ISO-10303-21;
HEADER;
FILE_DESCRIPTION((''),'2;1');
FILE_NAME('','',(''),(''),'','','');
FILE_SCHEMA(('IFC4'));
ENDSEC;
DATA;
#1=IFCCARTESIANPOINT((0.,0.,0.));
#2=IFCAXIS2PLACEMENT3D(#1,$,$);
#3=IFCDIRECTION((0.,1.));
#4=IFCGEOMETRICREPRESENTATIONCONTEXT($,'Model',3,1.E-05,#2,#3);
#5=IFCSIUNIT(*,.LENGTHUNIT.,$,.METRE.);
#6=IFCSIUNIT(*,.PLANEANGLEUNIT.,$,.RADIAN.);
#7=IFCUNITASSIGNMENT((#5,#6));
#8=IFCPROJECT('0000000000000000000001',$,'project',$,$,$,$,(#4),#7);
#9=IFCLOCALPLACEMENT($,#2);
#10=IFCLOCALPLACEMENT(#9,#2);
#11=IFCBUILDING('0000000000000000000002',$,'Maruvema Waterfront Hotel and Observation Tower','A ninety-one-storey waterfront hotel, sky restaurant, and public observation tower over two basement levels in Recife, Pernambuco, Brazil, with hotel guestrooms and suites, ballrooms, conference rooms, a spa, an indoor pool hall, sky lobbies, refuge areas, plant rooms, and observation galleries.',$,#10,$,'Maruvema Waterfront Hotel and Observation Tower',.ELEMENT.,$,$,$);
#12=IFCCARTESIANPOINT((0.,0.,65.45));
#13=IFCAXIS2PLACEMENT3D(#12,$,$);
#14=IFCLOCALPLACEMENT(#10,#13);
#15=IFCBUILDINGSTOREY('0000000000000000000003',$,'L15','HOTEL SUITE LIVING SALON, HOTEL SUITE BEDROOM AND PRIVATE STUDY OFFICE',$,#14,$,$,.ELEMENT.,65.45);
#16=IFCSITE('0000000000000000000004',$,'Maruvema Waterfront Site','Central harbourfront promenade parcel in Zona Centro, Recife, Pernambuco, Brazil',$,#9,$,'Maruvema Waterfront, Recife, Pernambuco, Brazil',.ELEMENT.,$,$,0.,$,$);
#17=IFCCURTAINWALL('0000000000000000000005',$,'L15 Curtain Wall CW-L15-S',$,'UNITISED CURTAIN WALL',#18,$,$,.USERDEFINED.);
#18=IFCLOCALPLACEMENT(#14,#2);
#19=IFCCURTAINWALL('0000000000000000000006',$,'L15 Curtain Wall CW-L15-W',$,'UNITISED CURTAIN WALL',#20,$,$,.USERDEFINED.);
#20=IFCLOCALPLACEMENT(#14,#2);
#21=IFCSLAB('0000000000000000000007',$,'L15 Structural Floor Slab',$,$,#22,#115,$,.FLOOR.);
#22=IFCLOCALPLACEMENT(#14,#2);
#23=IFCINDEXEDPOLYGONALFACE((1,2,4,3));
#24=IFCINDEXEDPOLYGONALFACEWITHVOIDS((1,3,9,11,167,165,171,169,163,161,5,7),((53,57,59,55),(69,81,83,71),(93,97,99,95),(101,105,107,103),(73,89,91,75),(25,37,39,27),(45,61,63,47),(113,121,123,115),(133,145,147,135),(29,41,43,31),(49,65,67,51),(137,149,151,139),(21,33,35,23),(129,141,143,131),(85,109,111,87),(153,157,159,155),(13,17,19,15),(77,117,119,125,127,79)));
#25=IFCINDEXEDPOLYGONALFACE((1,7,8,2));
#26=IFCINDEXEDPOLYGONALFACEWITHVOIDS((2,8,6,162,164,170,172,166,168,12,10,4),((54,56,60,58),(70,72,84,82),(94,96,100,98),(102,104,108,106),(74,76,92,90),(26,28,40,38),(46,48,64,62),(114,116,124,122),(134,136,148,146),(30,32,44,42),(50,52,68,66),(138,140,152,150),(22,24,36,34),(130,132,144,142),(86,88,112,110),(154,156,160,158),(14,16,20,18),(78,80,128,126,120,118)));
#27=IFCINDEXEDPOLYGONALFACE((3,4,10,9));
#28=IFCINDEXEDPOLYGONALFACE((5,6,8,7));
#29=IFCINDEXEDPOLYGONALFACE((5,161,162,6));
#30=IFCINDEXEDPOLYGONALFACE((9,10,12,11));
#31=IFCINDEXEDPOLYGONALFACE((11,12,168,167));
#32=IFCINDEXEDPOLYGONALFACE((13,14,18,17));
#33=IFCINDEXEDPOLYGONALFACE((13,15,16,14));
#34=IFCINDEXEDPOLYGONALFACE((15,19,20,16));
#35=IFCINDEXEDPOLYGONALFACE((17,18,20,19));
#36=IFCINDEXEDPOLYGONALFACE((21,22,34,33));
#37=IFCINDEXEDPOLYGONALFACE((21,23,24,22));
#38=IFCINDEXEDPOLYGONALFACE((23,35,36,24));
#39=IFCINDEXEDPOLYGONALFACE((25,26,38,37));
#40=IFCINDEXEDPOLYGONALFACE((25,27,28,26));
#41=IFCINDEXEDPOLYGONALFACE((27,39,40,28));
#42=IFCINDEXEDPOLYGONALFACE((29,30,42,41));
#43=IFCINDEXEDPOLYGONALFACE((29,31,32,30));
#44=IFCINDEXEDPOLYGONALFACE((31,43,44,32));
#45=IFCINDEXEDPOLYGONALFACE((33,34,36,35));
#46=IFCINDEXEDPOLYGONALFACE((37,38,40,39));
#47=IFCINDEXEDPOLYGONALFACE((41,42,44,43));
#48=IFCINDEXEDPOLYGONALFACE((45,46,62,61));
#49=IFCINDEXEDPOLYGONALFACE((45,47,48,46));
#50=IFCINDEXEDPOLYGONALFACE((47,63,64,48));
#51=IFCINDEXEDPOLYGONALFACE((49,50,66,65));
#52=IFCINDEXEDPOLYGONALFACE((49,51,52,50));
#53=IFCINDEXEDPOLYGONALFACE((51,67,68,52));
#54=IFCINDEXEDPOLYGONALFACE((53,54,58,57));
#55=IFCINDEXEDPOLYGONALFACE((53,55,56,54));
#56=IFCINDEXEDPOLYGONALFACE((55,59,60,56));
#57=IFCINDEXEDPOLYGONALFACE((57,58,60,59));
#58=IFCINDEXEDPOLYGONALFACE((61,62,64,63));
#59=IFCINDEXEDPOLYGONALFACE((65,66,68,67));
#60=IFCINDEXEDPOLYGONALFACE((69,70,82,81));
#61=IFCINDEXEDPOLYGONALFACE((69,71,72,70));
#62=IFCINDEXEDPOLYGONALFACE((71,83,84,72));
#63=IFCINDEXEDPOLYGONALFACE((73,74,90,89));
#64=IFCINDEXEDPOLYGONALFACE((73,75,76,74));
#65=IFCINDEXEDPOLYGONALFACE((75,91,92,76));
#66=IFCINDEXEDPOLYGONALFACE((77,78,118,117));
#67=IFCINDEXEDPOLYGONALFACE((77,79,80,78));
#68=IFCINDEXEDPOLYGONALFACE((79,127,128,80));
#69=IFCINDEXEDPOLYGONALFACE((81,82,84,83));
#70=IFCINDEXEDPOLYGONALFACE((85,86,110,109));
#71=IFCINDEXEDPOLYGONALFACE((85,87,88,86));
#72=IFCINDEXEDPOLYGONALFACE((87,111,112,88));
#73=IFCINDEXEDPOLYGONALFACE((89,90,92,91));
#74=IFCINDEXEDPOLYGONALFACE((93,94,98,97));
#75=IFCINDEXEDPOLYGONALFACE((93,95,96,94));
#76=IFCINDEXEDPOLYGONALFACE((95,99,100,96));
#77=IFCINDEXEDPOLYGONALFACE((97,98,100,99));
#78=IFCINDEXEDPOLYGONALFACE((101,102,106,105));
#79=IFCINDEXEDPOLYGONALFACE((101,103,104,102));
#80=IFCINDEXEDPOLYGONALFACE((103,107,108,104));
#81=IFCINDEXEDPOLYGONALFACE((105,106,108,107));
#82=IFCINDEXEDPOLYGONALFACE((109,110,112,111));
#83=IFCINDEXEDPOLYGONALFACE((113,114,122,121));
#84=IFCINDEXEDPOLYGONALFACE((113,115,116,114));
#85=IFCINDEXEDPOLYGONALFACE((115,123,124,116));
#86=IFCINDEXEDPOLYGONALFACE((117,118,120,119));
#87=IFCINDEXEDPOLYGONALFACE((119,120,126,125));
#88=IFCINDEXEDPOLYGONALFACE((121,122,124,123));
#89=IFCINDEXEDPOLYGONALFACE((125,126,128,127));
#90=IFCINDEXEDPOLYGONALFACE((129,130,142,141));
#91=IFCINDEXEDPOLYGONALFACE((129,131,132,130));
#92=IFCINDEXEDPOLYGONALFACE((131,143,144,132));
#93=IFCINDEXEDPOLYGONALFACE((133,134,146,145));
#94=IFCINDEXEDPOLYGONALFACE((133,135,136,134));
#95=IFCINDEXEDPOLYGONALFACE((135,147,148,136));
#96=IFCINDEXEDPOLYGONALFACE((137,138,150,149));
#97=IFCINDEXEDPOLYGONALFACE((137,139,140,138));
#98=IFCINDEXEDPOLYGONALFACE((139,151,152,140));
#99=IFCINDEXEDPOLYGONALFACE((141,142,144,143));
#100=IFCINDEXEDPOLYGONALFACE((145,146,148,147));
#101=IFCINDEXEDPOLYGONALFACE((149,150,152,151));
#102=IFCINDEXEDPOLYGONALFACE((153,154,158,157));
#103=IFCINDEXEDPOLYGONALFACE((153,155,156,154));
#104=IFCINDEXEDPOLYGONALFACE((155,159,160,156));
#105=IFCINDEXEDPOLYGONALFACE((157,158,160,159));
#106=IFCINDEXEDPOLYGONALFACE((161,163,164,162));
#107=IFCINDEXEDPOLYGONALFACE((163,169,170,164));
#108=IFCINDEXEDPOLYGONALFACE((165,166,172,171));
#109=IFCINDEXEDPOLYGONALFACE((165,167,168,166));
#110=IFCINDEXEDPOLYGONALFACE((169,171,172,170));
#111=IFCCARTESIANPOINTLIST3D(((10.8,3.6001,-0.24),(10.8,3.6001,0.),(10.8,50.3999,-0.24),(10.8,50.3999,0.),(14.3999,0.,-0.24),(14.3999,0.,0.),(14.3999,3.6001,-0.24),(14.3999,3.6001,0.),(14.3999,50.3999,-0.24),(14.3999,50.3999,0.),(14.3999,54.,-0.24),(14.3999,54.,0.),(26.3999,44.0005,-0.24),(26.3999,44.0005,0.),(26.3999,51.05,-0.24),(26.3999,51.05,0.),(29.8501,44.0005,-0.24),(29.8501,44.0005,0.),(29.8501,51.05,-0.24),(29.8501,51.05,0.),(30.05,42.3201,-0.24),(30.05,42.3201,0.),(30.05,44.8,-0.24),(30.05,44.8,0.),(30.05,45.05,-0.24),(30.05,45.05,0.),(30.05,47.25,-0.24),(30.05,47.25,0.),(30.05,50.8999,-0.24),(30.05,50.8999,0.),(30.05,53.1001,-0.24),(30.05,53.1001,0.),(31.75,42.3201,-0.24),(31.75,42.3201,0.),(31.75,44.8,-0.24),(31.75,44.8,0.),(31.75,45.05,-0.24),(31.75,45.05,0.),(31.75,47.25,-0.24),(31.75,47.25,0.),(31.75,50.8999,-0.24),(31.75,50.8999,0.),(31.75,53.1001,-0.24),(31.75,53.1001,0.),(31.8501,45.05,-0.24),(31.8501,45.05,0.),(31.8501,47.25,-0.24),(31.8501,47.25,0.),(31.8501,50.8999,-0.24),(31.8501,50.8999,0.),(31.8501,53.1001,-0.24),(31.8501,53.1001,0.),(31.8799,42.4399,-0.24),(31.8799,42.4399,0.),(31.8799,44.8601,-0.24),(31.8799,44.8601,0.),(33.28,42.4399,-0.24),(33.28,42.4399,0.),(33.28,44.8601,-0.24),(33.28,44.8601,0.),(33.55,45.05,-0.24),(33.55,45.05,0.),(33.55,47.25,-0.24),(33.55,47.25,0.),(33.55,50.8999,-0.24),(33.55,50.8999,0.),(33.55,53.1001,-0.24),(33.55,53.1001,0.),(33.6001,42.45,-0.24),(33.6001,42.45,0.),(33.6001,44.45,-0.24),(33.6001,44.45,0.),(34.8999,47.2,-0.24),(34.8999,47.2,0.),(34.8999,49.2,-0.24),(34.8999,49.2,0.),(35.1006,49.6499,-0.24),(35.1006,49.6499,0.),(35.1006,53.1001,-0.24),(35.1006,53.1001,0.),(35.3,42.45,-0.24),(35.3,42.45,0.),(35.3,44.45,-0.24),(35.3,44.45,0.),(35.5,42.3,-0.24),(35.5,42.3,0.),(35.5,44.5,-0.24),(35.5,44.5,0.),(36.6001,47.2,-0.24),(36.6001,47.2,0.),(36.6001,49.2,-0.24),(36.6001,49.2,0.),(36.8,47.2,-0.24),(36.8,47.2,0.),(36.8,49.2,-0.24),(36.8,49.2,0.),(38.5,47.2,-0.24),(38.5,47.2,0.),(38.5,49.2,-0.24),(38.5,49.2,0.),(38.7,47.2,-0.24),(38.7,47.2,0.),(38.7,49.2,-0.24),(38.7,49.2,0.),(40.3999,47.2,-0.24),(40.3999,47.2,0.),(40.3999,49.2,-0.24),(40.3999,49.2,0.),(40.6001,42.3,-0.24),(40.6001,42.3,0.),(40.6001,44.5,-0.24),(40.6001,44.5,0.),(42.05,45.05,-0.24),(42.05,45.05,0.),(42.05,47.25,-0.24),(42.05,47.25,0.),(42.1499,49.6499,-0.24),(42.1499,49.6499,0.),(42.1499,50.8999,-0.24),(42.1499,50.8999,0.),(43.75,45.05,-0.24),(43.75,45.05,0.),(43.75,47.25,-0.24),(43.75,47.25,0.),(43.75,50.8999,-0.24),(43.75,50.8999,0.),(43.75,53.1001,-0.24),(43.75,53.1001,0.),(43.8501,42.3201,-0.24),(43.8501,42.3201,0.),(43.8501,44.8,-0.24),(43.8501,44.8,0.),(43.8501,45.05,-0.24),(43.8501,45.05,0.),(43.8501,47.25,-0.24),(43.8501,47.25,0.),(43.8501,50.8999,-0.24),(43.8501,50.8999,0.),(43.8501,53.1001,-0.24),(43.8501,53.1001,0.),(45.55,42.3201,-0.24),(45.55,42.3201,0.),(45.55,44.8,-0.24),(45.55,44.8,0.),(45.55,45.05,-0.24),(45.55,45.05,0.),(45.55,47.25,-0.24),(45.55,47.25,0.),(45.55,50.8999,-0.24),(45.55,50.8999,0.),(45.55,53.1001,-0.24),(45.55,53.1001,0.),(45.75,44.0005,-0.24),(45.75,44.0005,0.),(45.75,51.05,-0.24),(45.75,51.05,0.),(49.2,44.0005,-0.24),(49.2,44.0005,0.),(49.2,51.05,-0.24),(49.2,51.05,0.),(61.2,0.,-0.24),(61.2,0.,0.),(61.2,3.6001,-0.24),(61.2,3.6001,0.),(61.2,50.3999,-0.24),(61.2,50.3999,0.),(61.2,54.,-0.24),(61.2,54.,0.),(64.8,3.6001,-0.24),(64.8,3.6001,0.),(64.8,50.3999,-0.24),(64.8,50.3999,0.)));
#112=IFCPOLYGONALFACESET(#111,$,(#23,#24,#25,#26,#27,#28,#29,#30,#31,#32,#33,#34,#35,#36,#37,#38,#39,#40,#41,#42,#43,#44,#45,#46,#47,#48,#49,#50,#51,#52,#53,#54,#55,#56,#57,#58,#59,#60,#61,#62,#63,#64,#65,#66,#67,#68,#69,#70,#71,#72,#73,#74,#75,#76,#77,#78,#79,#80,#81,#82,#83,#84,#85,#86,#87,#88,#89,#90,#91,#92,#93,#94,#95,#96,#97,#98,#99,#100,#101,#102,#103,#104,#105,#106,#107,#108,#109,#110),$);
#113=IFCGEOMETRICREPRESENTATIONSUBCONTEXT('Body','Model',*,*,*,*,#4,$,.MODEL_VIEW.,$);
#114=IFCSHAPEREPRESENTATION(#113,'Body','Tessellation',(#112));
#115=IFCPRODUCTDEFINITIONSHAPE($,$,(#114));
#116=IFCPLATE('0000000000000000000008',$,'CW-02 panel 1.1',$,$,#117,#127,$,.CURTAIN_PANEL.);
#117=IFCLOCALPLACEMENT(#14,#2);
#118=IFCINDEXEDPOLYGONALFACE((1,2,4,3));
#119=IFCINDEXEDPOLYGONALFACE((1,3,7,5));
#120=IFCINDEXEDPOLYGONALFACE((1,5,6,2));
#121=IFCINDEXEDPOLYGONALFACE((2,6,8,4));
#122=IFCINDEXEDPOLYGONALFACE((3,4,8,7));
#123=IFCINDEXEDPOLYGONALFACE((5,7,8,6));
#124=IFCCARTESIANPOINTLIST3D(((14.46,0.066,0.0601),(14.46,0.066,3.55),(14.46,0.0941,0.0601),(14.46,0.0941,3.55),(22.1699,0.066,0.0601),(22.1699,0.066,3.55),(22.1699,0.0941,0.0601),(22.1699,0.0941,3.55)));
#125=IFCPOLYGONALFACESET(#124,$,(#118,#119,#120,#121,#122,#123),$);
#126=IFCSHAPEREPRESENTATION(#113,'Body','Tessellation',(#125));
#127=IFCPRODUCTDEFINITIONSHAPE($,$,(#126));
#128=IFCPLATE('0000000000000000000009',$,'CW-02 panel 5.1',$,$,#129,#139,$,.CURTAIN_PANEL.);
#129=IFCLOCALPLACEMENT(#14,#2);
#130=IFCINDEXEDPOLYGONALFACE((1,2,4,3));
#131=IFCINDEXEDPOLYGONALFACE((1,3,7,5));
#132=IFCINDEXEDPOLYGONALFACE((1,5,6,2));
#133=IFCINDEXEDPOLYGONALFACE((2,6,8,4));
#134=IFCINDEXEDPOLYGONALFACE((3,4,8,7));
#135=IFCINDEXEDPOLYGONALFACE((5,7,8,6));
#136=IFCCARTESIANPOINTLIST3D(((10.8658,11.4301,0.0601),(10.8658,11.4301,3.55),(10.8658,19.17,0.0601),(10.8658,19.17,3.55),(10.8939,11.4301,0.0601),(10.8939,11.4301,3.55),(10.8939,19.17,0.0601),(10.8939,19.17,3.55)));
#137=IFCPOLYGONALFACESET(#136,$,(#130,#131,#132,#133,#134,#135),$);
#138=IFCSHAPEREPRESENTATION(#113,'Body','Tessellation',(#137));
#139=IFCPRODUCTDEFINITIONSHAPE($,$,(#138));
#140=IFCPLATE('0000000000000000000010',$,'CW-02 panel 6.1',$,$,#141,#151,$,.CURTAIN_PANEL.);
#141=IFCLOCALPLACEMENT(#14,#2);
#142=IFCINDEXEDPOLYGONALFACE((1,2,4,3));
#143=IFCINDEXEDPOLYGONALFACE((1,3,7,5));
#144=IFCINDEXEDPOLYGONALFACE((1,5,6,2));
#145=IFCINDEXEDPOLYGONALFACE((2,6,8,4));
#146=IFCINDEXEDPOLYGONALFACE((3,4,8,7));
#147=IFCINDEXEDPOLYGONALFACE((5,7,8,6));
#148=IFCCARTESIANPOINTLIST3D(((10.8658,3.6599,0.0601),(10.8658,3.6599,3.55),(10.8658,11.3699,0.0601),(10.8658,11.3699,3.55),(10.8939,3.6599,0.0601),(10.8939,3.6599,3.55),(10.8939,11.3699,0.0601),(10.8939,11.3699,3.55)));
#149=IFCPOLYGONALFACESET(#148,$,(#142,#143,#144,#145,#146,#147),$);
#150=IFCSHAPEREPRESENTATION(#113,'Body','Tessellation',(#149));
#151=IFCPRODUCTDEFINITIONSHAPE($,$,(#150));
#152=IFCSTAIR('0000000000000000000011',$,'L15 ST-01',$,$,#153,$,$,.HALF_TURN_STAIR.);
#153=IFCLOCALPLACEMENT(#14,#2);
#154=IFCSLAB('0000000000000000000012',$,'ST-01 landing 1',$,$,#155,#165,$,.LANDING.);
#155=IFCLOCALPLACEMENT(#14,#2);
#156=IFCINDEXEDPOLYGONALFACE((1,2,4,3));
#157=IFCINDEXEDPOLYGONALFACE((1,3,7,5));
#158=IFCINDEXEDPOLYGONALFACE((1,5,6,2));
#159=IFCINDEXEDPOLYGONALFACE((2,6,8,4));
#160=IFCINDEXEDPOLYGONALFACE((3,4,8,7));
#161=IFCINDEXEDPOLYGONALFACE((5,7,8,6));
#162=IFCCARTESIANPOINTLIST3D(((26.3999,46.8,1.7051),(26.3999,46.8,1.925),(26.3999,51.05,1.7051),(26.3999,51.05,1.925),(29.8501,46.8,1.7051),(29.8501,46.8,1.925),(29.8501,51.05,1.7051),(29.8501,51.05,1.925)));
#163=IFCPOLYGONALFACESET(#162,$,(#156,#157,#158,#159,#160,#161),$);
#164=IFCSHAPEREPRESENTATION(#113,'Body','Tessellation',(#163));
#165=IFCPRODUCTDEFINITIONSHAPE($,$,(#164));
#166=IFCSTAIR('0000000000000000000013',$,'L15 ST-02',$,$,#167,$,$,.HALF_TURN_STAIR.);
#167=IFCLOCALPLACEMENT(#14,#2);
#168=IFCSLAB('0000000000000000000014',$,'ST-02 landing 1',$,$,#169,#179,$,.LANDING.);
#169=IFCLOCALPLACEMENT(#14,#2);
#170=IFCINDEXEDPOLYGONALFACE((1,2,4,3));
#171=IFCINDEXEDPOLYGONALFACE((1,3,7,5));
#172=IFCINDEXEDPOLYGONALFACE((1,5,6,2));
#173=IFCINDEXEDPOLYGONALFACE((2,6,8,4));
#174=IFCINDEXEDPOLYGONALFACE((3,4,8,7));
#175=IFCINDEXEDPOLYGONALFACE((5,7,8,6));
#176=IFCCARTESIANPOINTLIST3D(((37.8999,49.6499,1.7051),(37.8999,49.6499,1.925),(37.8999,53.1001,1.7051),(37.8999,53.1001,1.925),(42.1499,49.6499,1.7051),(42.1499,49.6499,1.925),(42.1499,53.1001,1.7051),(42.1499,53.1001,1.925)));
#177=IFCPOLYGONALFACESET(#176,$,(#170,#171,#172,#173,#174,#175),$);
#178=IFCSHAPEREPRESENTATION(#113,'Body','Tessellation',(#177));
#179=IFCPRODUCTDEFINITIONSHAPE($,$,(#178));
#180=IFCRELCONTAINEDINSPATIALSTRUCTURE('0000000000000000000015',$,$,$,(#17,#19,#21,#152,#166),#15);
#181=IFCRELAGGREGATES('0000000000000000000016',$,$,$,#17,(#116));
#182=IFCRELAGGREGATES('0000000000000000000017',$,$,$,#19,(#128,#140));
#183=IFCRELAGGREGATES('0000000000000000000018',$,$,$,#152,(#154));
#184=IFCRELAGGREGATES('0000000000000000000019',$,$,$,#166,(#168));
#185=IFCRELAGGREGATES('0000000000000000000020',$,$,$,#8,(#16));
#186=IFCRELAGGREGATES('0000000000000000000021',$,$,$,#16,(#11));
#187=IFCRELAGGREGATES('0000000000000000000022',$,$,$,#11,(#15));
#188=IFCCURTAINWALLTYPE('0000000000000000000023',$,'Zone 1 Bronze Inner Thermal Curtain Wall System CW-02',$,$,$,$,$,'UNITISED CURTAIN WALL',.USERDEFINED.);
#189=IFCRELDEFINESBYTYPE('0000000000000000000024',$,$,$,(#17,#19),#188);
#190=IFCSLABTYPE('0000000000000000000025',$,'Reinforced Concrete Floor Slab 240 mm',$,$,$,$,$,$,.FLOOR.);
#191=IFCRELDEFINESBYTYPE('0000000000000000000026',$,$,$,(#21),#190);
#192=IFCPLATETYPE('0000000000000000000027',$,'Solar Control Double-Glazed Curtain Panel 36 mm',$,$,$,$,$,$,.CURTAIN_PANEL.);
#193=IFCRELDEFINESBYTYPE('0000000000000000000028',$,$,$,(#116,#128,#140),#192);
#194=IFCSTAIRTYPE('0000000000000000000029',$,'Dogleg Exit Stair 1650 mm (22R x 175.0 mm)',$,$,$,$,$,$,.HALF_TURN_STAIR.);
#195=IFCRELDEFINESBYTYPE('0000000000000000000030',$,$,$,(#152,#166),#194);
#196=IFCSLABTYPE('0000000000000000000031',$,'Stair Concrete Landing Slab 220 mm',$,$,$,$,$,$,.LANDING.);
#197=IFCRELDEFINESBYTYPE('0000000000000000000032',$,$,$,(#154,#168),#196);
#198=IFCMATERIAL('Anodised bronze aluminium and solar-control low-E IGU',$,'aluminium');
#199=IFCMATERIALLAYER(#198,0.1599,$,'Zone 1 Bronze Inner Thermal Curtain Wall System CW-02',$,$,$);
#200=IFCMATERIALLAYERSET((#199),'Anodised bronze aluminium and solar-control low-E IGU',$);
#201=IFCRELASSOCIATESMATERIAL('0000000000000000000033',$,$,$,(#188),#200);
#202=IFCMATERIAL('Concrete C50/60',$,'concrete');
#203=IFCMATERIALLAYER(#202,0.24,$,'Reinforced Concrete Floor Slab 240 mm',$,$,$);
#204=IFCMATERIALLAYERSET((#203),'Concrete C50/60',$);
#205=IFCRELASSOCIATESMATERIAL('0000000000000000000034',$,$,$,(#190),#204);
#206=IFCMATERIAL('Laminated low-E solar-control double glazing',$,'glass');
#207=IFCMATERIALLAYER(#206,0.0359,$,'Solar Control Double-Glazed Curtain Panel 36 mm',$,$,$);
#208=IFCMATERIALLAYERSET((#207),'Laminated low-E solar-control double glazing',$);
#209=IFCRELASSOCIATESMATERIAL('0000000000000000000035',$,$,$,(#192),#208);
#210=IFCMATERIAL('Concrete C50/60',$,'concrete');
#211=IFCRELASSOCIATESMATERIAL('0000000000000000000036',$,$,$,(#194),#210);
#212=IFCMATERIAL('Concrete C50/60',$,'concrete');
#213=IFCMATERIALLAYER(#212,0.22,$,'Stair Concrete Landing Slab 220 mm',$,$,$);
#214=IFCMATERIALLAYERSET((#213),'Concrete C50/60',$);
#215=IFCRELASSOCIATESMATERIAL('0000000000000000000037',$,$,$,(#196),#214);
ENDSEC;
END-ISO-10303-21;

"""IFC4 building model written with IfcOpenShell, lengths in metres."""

from ifc_helpers import new_model, si_unit, direction, frame, origin, origin_2d, place, context, subcontext, project, spatial, polyline, rectangle, outline, extrude, material, layer, layer_set, type_object, element, aggregate, save


model = new_model("IFC4")

# Units and contexts
model_context = context("Model", 3, precision=1e-05, world=origin(), true_north=direction((0.0, 1.0)))
body_context = subcontext(model_context, "Body", "Model", "MODEL_VIEW")
ifc_project = project(units=[si_unit("LENGTHUNIT", "METRE"), si_unit("PLANEANGLEUNIT", "RADIAN")], contexts=[model_context])

# Site, building, storey
site_placement = place(None, origin())
site = spatial("IfcSite", under=ifc_project, at=site_placement, Name="Maruvema Waterfront Site", Description="Central harbourfront promenade parcel in Zona Centro, Recife, Pernambuco, Brazil", LongName="Maruvema Waterfront, Recife, Pernambuco, Brazil", CompositionType="ELEMENT", RefElevation=0.0)
building_placement = place(site_placement, origin())
building = spatial("IfcBuilding", under=site, at=building_placement, Name="Maruvema Waterfront Hotel and Observation Tower", Description="A ninety-one-storey waterfront hotel, sky restaurant, and public observation tower over two basement levels in Recife, Pernambuco, Brazil, with hotel guestrooms and suites, ballrooms, conference rooms, a spa, an indoor pool hall, sky lobbies, refuge areas, plant rooms, and observation galleries.", LongName="Maruvema Waterfront Hotel and Observation Tower", CompositionType="ELEMENT")
storey_placement = place(building_placement, frame((0.0, 0.0, 65.45)))
storey = spatial("IfcBuildingStorey", under=building, at=storey_placement, Name="L15", Description="HOTEL SUITE LIVING SALON, HOTEL SUITE BEDROOM AND PRIVATE STUDY OFFICE", CompositionType="ELEMENT", Elevation=65.45)

# Curtain walls
ifc_material_1 = material(Name="Anodised bronze aluminium and solar-control low-E IGU", Category="aluminium")
ifc_layer_1 = layer(ifc_material_1, 0.1599, Name="Zone 1 Bronze Inner Thermal Curtain Wall System CW-02")
ifc_layer_set_1 = layer_set([ifc_layer_1], Name="Anodised bronze aluminium and solar-control low-E IGU")
curtain_wall_type = type_object("IfcCurtainWallType", Name="Zone 1 Bronze Inner Thermal Curtain Wall System CW-02", ElementType="UNITISED CURTAIN WALL", PredefinedType="USERDEFINED", material=ifc_layer_set_1)
curtain_wall_1_placement = place(storey_placement, origin())
curtain_wall_1 = element("IfcCurtainWall", 1, at=curtain_wall_1_placement, inside=storey, type_object=curtain_wall_type, Name="L15 Curtain Wall CW-L15-S", ObjectType="UNITISED CURTAIN WALL", PredefinedType="USERDEFINED")
curtain_wall_2_placement = place(storey_placement, origin())
curtain_wall_2 = element("IfcCurtainWall", 2, at=curtain_wall_2_placement, inside=storey, type_object=curtain_wall_type, Name="L15 Curtain Wall CW-L15-W", ObjectType="UNITISED CURTAIN WALL", PredefinedType="USERDEFINED")

# Slab
ifc_material_2 = material(Name="Concrete C50/60", Category="concrete")
ifc_layer_2 = layer(ifc_material_2, 0.24, Name="Reinforced Concrete Floor Slab 240 mm")
ifc_layer_set_2 = layer_set([ifc_layer_2], Name="Concrete C50/60")
slab_type_1 = type_object("IfcSlabType", Name="Reinforced Concrete Floor Slab 240 mm", PredefinedType="FLOOR", material=ifc_layer_set_2)
slab_1_placement = place(storey_placement, frame((0.0, 0.0, -0.24)))
element("IfcSlab", 3, at=slab_1_placement, inside=storey, type_object=slab_type_1, Name="L15 Structural Floor Slab", PredefinedType="FLOOR", context=body_context, shape_type="SweptSolid", body=[
    extrude(outline(polyline([(14.3999, 0.0), (61.2, 0.0), (61.2, 3.6001), (64.8, 3.6001), (64.8, 50.3999), (61.2, 50.3999), (61.2, 54.0), (14.3999, 54.0), (14.3999, 50.3999), (10.8, 50.3999), (10.8, 3.6001), (14.3999, 3.6001), (14.3999, 0.0)]), holes=[polyline([(26.3999, 44.0005), (26.3999, 51.05), (29.8501, 51.05), (29.8501, 44.0005), (26.3999, 44.0005)]), polyline([(30.05, 44.8), (31.75, 44.8), (31.75, 42.3201), (30.05, 42.3201), (30.05, 44.8)]), polyline([(31.75, 47.25), (31.75, 45.05), (30.05, 45.05), (30.05, 47.25), (31.75, 47.25)]), polyline([(31.75, 53.1001), (31.75, 50.8999), (30.05, 50.8999), (30.05, 53.1001), (31.75, 53.1001)]), polyline([(33.28, 44.8601), (33.28, 42.4399), (31.8799, 42.4399), (31.8799, 44.8601), (33.28, 44.8601)]), polyline([(31.8501, 47.25), (33.55, 47.25), (33.55, 45.05), (31.8501, 45.05), (31.8501, 47.25)]), polyline([(31.8501, 53.1001), (33.55, 53.1001), (33.55, 50.8999), (31.8501, 50.8999), (31.8501, 53.1001)]), polyline([(33.6001, 44.45), (35.3, 44.45), (35.3, 42.45), (33.6001, 42.45), (33.6001, 44.45)]), polyline([(34.8999, 49.2), (36.6001, 49.2), (36.6001, 47.2), (34.8999, 47.2), (34.8999, 49.2)]), polyline([(38.5, 49.2), (38.5, 47.2), (36.8, 47.2), (36.8, 49.2), (38.5, 49.2)]), polyline([(35.5, 44.5), (40.6001, 44.5), (40.6001, 42.3), (35.5, 42.3), (35.5, 44.5)]), polyline([(43.75, 50.8999), (42.1499, 50.8999), (42.1499, 49.6499), (35.1006, 49.6499), (35.1006, 53.1001), (43.75, 53.1001), (43.75, 50.8999)]), polyline([(40.3999, 49.2), (40.3999, 47.2), (38.7, 47.2), (38.7, 49.2), (40.3999, 49.2)]), polyline([(43.75, 47.25), (43.75, 45.05), (42.05, 45.05), (42.05, 47.25), (43.75, 47.25)]), polyline([(45.55, 44.8), (45.55, 42.3201), (43.8501, 42.3201), (43.8501, 44.8), (45.55, 44.8)]), polyline([(43.8501, 47.25), (45.55, 47.25), (45.55, 45.05), (43.8501, 45.05), (43.8501, 47.25)]), polyline([(45.55, 53.1001), (45.55, 50.8999), (43.8501, 50.8999), (43.8501, 53.1001), (45.55, 53.1001)]), polyline([(45.75, 51.05), (49.2, 51.05), (49.2, 44.0005), (45.75, 44.0005), (45.75, 51.05)])]), origin(), (0.0, 0.0, 1.0), 0.24),
])

# Plates
ifc_material_3 = material(Name="Laminated low-E solar-control double glazing", Category="glass")
ifc_layer_3 = layer(ifc_material_3, 0.0359, Name="Solar Control Double-Glazed Curtain Panel 36 mm")
ifc_layer_set_3 = layer_set([ifc_layer_3], Name="Laminated low-E solar-control double glazing")
plate_type = type_object("IfcPlateType", Name="Solar Control Double-Glazed Curtain Panel 36 mm", PredefinedType="CURTAIN_PANEL", material=ifc_layer_set_3)
plate_1_placement = place(storey_placement, frame((18.3149, 0.0801, 0.0601), z_axis=(0.0, 0.0, 1.0), x_axis=(1.0, 0.0, 0.0)))
plate_1 = element("IfcPlate", 4, at=plate_1_placement, type_object=plate_type, Name="CW-02 panel 1.1", PredefinedType="CURTAIN_PANEL", context=body_context, shape_type="SweptSolid", body=[
    extrude(rectangle(XDim=7.71, YDim=0.0281, at=origin_2d()), origin(), (0.0, 0.0, 1.0), 3.49),
])
aggregate(curtain_wall_1, [plate_1])
plate_2_placement = place(storey_placement, frame((10.8799, 15.3, 0.0601), z_axis=(0.0, 0.0, 1.0), x_axis=(0.0, -1.0, 0.0)))
plate_2 = element("IfcPlate", 5, at=plate_2_placement, type_object=plate_type, Name="CW-02 panel 5.1", PredefinedType="CURTAIN_PANEL", context=body_context, shape_type="SweptSolid", body=[
    extrude(rectangle(XDim=7.74, YDim=0.0281, at=origin_2d()), origin(), (0.0, 0.0, 1.0), 3.49),
])
plate_3_placement = place(storey_placement, frame((10.8799, 7.5149, 0.0601), z_axis=(0.0, 0.0, 1.0), x_axis=(0.0, -1.0, 0.0)))
plate_3 = element("IfcPlate", 6, at=plate_3_placement, type_object=plate_type, Name="CW-02 panel 6.1", PredefinedType="CURTAIN_PANEL", context=body_context, shape_type="SweptSolid", body=[
    extrude(rectangle(XDim=7.71, YDim=0.0281, at=origin_2d()), origin(), (0.0, 0.0, 1.0), 3.49),
])
aggregate(curtain_wall_2, [plate_2, plate_3])

# Stairs, slabs
ifc_material_4 = material(Name="Concrete C50/60", Category="concrete")
stair_type = type_object("IfcStairType", Name="Dogleg Exit Stair 1650 mm (22R x 175.0 mm)", PredefinedType="HALF_TURN_STAIR", material=ifc_material_4)
stair_1_placement = place(storey_placement, origin())
stair_1 = element("IfcStair", 7, at=stair_1_placement, inside=storey, type_object=stair_type, Name="L15 ST-01", PredefinedType="HALF_TURN_STAIR")
ifc_material_5 = material(Name="Concrete C50/60", Category="concrete")
ifc_layer_4 = layer(ifc_material_5, 0.22, Name="Stair Concrete Landing Slab 220 mm")
ifc_layer_set_4 = layer_set([ifc_layer_4], Name="Concrete C50/60")
slab_type_2 = type_object("IfcSlabType", Name="Stair Concrete Landing Slab 220 mm", PredefinedType="LANDING", material=ifc_layer_set_4)
slab_2_placement = place(storey_placement, frame((0.0, 0.0, 1.7051)))
slab_2 = element("IfcSlab", 8, at=slab_2_placement, type_object=slab_type_2, Name="ST-01 landing 1", PredefinedType="LANDING", context=body_context, shape_type="SweptSolid", body=[
    extrude(outline(polyline([(29.8501, 46.8), (29.8501, 51.05), (26.3999, 51.05), (26.3999, 46.8), (29.8501, 46.8)])), origin(), (0.0, 0.0, 1.0), 0.22),
])
aggregate(stair_1, [slab_2])
stair_2_placement = place(storey_placement, origin())
stair_2 = element("IfcStair", 9, at=stair_2_placement, inside=storey, type_object=stair_type, Name="L15 ST-02", PredefinedType="HALF_TURN_STAIR")
slab_3_placement = place(storey_placement, frame((0.0, 0.0, 1.7051)))
slab_3 = element("IfcSlab", 10, at=slab_3_placement, type_object=slab_type_2, Name="ST-02 landing 1", PredefinedType="LANDING", context=body_context, shape_type="SweptSolid", body=[
    extrude(outline(polyline([(37.8999, 49.6499), (42.1499, 49.6499), (42.1499, 53.1001), (37.8999, 53.1001), (37.8999, 49.6499)])), origin(), (0.0, 0.0, 1.0), 0.22),
])
aggregate(stair_2, [slab_3])

save(model, "model.ifc")
